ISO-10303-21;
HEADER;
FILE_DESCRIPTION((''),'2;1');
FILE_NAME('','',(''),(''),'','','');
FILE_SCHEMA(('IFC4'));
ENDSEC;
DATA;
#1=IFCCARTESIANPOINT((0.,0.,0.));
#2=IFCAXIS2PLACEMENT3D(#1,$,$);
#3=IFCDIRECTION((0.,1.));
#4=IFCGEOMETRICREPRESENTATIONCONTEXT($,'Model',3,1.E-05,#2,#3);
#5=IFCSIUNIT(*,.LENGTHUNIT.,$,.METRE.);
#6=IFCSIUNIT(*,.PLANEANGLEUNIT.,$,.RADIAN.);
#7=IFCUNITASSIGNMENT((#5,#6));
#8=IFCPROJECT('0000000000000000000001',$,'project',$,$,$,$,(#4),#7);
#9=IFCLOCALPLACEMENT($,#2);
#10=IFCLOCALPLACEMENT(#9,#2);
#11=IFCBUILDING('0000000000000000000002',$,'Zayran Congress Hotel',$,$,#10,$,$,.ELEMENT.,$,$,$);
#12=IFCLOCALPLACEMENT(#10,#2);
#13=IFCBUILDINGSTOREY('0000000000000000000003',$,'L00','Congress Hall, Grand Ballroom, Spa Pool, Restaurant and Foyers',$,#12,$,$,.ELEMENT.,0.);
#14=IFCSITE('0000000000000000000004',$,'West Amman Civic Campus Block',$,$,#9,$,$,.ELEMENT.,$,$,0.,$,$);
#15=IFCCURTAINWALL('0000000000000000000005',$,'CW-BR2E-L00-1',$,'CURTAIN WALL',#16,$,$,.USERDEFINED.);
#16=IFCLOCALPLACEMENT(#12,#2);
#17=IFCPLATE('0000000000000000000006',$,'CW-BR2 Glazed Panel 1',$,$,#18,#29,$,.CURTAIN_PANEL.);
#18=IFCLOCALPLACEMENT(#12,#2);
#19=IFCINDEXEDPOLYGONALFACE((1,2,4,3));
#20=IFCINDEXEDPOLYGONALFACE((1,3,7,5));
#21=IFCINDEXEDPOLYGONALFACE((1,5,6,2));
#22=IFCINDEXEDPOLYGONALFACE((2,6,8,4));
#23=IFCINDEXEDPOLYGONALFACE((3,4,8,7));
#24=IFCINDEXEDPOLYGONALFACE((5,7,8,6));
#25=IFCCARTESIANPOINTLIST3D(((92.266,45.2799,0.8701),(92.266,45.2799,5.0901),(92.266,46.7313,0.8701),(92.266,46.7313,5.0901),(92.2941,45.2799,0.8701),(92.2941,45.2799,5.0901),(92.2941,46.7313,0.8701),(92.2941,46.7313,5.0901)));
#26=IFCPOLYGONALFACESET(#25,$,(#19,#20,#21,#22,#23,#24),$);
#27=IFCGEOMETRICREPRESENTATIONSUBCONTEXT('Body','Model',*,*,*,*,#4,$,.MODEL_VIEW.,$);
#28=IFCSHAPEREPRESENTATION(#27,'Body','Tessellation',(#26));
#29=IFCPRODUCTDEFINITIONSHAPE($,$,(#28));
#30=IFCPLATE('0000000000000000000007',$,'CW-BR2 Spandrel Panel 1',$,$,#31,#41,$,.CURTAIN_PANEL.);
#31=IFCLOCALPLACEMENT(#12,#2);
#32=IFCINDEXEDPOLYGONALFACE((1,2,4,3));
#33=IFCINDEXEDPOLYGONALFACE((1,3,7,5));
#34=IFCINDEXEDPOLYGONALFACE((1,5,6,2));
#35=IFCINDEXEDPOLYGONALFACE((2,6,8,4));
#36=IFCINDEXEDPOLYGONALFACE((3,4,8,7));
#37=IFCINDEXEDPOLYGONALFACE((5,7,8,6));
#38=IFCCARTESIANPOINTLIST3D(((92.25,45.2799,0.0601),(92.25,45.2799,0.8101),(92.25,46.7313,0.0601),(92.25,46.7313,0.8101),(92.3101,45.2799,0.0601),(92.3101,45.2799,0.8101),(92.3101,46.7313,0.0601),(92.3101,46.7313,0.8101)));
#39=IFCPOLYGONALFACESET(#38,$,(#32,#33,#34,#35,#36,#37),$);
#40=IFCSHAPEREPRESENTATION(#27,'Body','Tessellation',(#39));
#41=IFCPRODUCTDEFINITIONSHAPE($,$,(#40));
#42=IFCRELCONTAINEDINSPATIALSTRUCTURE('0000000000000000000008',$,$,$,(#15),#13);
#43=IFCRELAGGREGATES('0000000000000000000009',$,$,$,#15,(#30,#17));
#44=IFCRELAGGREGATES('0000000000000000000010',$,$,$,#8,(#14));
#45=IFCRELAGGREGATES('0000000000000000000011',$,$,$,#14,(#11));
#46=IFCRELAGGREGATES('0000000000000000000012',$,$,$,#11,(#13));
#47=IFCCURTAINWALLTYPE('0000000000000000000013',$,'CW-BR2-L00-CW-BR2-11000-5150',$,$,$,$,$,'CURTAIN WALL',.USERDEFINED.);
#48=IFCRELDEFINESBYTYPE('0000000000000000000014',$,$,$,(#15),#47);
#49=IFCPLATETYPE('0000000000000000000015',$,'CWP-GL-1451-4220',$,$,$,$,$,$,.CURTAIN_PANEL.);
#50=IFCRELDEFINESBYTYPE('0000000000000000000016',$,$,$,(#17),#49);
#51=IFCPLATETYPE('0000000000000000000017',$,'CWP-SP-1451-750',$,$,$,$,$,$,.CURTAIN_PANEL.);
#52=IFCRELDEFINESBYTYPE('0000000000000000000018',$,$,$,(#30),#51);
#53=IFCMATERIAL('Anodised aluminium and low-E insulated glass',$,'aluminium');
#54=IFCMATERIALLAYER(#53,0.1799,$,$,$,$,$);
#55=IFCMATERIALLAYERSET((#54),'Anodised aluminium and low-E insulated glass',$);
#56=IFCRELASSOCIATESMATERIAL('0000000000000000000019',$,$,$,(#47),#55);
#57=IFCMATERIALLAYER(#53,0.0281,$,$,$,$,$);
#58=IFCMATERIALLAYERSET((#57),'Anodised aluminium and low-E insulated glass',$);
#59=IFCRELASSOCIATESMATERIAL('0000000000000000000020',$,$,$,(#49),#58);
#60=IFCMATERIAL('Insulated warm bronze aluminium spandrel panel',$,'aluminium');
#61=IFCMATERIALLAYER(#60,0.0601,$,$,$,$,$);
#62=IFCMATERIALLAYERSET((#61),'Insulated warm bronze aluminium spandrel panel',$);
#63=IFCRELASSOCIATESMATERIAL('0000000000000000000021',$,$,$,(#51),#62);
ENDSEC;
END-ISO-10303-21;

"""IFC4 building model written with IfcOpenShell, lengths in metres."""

from ifc_helpers import new_model, si_unit, direction, frame, origin, origin_2d, place, context, subcontext, project, spatial, rectangle, extrude, material, layer, layer_set, type_object, element, aggregate, save


model = new_model("IFC4")

# Units and contexts
model_context = context("Model", 3, precision=1e-05, world=origin(), true_north=direction((0.0, 1.0)))
body_context = subcontext(model_context, "Body", "Model", "MODEL_VIEW")
ifc_project = project(units=[si_unit("LENGTHUNIT", "METRE"), si_unit("PLANEANGLEUNIT", "RADIAN")], contexts=[model_context])

# Site, building, storey
site_placement = place(None, origin())
site = spatial("IfcSite", under=ifc_project, at=site_placement, Name="West Amman Civic Campus Block", CompositionType="ELEMENT", RefElevation=0.0)
building_placement = place(site_placement, origin())
building = spatial("IfcBuilding", under=site, at=building_placement, Name="Zayran Congress Hotel", CompositionType="ELEMENT")
storey_placement = place(building_placement, origin())
storey = spatial("IfcBuildingStorey", under=building, at=storey_placement, Name="L00", Description="Congress Hall, Grand Ballroom, Spa Pool, Restaurant and Foyers", CompositionType="ELEMENT", Elevation=0.0)

# Curtain wall
ifc_material_1 = material(Name="Anodised aluminium and low-E insulated glass", Category="aluminium")
ifc_layer_1 = layer(ifc_material_1, 0.1799)
ifc_layer_set_1 = layer_set([ifc_layer_1], Name="Anodised aluminium and low-E insulated glass")
curtain_wall_type_1 = type_object("IfcCurtainWallType", Name="CW-BR2-L00-CW-BR2-11000-5150", ElementType="CURTAIN WALL", PredefinedType="USERDEFINED", material=ifc_layer_set_1)
curtain_wall_1_placement = place(storey_placement, origin())
curtain_wall_1 = element("IfcCurtainWall", 1, at=curtain_wall_1_placement, inside=storey, type_object=curtain_wall_type_1, Name="CW-BR2E-L00-1", ObjectType="CURTAIN WALL", PredefinedType="USERDEFINED")

# Plates
ifc_material_2 = material(Name="Insulated warm bronze aluminium spandrel panel", Category="aluminium")
ifc_layer_2 = layer(ifc_material_1, 0.0281)
ifc_layer_set_2 = layer_set([ifc_layer_2], Name="Anodised aluminium and low-E insulated glass")
plate_type_1 = type_object("IfcPlateType", Name="CWP-GL-1451-4220", PredefinedType="CURTAIN_PANEL", material=ifc_layer_set_2)
plate_1_placement = place(storey_placement, frame((92.28, 46.0056, 0.8701), z_axis=(0.0, 0.0, 1.0), x_axis=(0.0, 1.0, 0.0)))
plate_1 = element("IfcPlate", 2, at=plate_1_placement, type_object=plate_type_1, Name="CW-BR2 Glazed Panel 1", PredefinedType="CURTAIN_PANEL", context=body_context, shape_type="SweptSolid", body=[
    extrude(rectangle(XDim=1.4514, YDim=0.0281, at=origin_2d()), origin(), (0.0, 0.0, 1.0), 4.22),
])
ifc_layer_3 = layer(ifc_material_2, 0.0601)
ifc_layer_set_3 = layer_set([ifc_layer_3], Name="Insulated warm bronze aluminium spandrel panel")
plate_type_2 = type_object("IfcPlateType", Name="CWP-SP-1451-750", PredefinedType="CURTAIN_PANEL", material=ifc_layer_set_3)
plate_2_placement = place(storey_placement, frame((92.28, 46.0056, 0.0601), z_axis=(0.0, 0.0, 1.0), x_axis=(0.0, 1.0, 0.0)))
plate_2 = element("IfcPlate", 3, at=plate_2_placement, type_object=plate_type_2, Name="CW-BR2 Spandrel Panel 1", PredefinedType="CURTAIN_PANEL", context=body_context, shape_type="SweptSolid", body=[
    extrude(rectangle(XDim=1.4514, YDim=0.0601, at=origin_2d()), origin(), (0.0, 0.0, 1.0), 0.75),
])
aggregate(curtain_wall_1, [plate_2, plate_1])

save(model, "model.ifc")
